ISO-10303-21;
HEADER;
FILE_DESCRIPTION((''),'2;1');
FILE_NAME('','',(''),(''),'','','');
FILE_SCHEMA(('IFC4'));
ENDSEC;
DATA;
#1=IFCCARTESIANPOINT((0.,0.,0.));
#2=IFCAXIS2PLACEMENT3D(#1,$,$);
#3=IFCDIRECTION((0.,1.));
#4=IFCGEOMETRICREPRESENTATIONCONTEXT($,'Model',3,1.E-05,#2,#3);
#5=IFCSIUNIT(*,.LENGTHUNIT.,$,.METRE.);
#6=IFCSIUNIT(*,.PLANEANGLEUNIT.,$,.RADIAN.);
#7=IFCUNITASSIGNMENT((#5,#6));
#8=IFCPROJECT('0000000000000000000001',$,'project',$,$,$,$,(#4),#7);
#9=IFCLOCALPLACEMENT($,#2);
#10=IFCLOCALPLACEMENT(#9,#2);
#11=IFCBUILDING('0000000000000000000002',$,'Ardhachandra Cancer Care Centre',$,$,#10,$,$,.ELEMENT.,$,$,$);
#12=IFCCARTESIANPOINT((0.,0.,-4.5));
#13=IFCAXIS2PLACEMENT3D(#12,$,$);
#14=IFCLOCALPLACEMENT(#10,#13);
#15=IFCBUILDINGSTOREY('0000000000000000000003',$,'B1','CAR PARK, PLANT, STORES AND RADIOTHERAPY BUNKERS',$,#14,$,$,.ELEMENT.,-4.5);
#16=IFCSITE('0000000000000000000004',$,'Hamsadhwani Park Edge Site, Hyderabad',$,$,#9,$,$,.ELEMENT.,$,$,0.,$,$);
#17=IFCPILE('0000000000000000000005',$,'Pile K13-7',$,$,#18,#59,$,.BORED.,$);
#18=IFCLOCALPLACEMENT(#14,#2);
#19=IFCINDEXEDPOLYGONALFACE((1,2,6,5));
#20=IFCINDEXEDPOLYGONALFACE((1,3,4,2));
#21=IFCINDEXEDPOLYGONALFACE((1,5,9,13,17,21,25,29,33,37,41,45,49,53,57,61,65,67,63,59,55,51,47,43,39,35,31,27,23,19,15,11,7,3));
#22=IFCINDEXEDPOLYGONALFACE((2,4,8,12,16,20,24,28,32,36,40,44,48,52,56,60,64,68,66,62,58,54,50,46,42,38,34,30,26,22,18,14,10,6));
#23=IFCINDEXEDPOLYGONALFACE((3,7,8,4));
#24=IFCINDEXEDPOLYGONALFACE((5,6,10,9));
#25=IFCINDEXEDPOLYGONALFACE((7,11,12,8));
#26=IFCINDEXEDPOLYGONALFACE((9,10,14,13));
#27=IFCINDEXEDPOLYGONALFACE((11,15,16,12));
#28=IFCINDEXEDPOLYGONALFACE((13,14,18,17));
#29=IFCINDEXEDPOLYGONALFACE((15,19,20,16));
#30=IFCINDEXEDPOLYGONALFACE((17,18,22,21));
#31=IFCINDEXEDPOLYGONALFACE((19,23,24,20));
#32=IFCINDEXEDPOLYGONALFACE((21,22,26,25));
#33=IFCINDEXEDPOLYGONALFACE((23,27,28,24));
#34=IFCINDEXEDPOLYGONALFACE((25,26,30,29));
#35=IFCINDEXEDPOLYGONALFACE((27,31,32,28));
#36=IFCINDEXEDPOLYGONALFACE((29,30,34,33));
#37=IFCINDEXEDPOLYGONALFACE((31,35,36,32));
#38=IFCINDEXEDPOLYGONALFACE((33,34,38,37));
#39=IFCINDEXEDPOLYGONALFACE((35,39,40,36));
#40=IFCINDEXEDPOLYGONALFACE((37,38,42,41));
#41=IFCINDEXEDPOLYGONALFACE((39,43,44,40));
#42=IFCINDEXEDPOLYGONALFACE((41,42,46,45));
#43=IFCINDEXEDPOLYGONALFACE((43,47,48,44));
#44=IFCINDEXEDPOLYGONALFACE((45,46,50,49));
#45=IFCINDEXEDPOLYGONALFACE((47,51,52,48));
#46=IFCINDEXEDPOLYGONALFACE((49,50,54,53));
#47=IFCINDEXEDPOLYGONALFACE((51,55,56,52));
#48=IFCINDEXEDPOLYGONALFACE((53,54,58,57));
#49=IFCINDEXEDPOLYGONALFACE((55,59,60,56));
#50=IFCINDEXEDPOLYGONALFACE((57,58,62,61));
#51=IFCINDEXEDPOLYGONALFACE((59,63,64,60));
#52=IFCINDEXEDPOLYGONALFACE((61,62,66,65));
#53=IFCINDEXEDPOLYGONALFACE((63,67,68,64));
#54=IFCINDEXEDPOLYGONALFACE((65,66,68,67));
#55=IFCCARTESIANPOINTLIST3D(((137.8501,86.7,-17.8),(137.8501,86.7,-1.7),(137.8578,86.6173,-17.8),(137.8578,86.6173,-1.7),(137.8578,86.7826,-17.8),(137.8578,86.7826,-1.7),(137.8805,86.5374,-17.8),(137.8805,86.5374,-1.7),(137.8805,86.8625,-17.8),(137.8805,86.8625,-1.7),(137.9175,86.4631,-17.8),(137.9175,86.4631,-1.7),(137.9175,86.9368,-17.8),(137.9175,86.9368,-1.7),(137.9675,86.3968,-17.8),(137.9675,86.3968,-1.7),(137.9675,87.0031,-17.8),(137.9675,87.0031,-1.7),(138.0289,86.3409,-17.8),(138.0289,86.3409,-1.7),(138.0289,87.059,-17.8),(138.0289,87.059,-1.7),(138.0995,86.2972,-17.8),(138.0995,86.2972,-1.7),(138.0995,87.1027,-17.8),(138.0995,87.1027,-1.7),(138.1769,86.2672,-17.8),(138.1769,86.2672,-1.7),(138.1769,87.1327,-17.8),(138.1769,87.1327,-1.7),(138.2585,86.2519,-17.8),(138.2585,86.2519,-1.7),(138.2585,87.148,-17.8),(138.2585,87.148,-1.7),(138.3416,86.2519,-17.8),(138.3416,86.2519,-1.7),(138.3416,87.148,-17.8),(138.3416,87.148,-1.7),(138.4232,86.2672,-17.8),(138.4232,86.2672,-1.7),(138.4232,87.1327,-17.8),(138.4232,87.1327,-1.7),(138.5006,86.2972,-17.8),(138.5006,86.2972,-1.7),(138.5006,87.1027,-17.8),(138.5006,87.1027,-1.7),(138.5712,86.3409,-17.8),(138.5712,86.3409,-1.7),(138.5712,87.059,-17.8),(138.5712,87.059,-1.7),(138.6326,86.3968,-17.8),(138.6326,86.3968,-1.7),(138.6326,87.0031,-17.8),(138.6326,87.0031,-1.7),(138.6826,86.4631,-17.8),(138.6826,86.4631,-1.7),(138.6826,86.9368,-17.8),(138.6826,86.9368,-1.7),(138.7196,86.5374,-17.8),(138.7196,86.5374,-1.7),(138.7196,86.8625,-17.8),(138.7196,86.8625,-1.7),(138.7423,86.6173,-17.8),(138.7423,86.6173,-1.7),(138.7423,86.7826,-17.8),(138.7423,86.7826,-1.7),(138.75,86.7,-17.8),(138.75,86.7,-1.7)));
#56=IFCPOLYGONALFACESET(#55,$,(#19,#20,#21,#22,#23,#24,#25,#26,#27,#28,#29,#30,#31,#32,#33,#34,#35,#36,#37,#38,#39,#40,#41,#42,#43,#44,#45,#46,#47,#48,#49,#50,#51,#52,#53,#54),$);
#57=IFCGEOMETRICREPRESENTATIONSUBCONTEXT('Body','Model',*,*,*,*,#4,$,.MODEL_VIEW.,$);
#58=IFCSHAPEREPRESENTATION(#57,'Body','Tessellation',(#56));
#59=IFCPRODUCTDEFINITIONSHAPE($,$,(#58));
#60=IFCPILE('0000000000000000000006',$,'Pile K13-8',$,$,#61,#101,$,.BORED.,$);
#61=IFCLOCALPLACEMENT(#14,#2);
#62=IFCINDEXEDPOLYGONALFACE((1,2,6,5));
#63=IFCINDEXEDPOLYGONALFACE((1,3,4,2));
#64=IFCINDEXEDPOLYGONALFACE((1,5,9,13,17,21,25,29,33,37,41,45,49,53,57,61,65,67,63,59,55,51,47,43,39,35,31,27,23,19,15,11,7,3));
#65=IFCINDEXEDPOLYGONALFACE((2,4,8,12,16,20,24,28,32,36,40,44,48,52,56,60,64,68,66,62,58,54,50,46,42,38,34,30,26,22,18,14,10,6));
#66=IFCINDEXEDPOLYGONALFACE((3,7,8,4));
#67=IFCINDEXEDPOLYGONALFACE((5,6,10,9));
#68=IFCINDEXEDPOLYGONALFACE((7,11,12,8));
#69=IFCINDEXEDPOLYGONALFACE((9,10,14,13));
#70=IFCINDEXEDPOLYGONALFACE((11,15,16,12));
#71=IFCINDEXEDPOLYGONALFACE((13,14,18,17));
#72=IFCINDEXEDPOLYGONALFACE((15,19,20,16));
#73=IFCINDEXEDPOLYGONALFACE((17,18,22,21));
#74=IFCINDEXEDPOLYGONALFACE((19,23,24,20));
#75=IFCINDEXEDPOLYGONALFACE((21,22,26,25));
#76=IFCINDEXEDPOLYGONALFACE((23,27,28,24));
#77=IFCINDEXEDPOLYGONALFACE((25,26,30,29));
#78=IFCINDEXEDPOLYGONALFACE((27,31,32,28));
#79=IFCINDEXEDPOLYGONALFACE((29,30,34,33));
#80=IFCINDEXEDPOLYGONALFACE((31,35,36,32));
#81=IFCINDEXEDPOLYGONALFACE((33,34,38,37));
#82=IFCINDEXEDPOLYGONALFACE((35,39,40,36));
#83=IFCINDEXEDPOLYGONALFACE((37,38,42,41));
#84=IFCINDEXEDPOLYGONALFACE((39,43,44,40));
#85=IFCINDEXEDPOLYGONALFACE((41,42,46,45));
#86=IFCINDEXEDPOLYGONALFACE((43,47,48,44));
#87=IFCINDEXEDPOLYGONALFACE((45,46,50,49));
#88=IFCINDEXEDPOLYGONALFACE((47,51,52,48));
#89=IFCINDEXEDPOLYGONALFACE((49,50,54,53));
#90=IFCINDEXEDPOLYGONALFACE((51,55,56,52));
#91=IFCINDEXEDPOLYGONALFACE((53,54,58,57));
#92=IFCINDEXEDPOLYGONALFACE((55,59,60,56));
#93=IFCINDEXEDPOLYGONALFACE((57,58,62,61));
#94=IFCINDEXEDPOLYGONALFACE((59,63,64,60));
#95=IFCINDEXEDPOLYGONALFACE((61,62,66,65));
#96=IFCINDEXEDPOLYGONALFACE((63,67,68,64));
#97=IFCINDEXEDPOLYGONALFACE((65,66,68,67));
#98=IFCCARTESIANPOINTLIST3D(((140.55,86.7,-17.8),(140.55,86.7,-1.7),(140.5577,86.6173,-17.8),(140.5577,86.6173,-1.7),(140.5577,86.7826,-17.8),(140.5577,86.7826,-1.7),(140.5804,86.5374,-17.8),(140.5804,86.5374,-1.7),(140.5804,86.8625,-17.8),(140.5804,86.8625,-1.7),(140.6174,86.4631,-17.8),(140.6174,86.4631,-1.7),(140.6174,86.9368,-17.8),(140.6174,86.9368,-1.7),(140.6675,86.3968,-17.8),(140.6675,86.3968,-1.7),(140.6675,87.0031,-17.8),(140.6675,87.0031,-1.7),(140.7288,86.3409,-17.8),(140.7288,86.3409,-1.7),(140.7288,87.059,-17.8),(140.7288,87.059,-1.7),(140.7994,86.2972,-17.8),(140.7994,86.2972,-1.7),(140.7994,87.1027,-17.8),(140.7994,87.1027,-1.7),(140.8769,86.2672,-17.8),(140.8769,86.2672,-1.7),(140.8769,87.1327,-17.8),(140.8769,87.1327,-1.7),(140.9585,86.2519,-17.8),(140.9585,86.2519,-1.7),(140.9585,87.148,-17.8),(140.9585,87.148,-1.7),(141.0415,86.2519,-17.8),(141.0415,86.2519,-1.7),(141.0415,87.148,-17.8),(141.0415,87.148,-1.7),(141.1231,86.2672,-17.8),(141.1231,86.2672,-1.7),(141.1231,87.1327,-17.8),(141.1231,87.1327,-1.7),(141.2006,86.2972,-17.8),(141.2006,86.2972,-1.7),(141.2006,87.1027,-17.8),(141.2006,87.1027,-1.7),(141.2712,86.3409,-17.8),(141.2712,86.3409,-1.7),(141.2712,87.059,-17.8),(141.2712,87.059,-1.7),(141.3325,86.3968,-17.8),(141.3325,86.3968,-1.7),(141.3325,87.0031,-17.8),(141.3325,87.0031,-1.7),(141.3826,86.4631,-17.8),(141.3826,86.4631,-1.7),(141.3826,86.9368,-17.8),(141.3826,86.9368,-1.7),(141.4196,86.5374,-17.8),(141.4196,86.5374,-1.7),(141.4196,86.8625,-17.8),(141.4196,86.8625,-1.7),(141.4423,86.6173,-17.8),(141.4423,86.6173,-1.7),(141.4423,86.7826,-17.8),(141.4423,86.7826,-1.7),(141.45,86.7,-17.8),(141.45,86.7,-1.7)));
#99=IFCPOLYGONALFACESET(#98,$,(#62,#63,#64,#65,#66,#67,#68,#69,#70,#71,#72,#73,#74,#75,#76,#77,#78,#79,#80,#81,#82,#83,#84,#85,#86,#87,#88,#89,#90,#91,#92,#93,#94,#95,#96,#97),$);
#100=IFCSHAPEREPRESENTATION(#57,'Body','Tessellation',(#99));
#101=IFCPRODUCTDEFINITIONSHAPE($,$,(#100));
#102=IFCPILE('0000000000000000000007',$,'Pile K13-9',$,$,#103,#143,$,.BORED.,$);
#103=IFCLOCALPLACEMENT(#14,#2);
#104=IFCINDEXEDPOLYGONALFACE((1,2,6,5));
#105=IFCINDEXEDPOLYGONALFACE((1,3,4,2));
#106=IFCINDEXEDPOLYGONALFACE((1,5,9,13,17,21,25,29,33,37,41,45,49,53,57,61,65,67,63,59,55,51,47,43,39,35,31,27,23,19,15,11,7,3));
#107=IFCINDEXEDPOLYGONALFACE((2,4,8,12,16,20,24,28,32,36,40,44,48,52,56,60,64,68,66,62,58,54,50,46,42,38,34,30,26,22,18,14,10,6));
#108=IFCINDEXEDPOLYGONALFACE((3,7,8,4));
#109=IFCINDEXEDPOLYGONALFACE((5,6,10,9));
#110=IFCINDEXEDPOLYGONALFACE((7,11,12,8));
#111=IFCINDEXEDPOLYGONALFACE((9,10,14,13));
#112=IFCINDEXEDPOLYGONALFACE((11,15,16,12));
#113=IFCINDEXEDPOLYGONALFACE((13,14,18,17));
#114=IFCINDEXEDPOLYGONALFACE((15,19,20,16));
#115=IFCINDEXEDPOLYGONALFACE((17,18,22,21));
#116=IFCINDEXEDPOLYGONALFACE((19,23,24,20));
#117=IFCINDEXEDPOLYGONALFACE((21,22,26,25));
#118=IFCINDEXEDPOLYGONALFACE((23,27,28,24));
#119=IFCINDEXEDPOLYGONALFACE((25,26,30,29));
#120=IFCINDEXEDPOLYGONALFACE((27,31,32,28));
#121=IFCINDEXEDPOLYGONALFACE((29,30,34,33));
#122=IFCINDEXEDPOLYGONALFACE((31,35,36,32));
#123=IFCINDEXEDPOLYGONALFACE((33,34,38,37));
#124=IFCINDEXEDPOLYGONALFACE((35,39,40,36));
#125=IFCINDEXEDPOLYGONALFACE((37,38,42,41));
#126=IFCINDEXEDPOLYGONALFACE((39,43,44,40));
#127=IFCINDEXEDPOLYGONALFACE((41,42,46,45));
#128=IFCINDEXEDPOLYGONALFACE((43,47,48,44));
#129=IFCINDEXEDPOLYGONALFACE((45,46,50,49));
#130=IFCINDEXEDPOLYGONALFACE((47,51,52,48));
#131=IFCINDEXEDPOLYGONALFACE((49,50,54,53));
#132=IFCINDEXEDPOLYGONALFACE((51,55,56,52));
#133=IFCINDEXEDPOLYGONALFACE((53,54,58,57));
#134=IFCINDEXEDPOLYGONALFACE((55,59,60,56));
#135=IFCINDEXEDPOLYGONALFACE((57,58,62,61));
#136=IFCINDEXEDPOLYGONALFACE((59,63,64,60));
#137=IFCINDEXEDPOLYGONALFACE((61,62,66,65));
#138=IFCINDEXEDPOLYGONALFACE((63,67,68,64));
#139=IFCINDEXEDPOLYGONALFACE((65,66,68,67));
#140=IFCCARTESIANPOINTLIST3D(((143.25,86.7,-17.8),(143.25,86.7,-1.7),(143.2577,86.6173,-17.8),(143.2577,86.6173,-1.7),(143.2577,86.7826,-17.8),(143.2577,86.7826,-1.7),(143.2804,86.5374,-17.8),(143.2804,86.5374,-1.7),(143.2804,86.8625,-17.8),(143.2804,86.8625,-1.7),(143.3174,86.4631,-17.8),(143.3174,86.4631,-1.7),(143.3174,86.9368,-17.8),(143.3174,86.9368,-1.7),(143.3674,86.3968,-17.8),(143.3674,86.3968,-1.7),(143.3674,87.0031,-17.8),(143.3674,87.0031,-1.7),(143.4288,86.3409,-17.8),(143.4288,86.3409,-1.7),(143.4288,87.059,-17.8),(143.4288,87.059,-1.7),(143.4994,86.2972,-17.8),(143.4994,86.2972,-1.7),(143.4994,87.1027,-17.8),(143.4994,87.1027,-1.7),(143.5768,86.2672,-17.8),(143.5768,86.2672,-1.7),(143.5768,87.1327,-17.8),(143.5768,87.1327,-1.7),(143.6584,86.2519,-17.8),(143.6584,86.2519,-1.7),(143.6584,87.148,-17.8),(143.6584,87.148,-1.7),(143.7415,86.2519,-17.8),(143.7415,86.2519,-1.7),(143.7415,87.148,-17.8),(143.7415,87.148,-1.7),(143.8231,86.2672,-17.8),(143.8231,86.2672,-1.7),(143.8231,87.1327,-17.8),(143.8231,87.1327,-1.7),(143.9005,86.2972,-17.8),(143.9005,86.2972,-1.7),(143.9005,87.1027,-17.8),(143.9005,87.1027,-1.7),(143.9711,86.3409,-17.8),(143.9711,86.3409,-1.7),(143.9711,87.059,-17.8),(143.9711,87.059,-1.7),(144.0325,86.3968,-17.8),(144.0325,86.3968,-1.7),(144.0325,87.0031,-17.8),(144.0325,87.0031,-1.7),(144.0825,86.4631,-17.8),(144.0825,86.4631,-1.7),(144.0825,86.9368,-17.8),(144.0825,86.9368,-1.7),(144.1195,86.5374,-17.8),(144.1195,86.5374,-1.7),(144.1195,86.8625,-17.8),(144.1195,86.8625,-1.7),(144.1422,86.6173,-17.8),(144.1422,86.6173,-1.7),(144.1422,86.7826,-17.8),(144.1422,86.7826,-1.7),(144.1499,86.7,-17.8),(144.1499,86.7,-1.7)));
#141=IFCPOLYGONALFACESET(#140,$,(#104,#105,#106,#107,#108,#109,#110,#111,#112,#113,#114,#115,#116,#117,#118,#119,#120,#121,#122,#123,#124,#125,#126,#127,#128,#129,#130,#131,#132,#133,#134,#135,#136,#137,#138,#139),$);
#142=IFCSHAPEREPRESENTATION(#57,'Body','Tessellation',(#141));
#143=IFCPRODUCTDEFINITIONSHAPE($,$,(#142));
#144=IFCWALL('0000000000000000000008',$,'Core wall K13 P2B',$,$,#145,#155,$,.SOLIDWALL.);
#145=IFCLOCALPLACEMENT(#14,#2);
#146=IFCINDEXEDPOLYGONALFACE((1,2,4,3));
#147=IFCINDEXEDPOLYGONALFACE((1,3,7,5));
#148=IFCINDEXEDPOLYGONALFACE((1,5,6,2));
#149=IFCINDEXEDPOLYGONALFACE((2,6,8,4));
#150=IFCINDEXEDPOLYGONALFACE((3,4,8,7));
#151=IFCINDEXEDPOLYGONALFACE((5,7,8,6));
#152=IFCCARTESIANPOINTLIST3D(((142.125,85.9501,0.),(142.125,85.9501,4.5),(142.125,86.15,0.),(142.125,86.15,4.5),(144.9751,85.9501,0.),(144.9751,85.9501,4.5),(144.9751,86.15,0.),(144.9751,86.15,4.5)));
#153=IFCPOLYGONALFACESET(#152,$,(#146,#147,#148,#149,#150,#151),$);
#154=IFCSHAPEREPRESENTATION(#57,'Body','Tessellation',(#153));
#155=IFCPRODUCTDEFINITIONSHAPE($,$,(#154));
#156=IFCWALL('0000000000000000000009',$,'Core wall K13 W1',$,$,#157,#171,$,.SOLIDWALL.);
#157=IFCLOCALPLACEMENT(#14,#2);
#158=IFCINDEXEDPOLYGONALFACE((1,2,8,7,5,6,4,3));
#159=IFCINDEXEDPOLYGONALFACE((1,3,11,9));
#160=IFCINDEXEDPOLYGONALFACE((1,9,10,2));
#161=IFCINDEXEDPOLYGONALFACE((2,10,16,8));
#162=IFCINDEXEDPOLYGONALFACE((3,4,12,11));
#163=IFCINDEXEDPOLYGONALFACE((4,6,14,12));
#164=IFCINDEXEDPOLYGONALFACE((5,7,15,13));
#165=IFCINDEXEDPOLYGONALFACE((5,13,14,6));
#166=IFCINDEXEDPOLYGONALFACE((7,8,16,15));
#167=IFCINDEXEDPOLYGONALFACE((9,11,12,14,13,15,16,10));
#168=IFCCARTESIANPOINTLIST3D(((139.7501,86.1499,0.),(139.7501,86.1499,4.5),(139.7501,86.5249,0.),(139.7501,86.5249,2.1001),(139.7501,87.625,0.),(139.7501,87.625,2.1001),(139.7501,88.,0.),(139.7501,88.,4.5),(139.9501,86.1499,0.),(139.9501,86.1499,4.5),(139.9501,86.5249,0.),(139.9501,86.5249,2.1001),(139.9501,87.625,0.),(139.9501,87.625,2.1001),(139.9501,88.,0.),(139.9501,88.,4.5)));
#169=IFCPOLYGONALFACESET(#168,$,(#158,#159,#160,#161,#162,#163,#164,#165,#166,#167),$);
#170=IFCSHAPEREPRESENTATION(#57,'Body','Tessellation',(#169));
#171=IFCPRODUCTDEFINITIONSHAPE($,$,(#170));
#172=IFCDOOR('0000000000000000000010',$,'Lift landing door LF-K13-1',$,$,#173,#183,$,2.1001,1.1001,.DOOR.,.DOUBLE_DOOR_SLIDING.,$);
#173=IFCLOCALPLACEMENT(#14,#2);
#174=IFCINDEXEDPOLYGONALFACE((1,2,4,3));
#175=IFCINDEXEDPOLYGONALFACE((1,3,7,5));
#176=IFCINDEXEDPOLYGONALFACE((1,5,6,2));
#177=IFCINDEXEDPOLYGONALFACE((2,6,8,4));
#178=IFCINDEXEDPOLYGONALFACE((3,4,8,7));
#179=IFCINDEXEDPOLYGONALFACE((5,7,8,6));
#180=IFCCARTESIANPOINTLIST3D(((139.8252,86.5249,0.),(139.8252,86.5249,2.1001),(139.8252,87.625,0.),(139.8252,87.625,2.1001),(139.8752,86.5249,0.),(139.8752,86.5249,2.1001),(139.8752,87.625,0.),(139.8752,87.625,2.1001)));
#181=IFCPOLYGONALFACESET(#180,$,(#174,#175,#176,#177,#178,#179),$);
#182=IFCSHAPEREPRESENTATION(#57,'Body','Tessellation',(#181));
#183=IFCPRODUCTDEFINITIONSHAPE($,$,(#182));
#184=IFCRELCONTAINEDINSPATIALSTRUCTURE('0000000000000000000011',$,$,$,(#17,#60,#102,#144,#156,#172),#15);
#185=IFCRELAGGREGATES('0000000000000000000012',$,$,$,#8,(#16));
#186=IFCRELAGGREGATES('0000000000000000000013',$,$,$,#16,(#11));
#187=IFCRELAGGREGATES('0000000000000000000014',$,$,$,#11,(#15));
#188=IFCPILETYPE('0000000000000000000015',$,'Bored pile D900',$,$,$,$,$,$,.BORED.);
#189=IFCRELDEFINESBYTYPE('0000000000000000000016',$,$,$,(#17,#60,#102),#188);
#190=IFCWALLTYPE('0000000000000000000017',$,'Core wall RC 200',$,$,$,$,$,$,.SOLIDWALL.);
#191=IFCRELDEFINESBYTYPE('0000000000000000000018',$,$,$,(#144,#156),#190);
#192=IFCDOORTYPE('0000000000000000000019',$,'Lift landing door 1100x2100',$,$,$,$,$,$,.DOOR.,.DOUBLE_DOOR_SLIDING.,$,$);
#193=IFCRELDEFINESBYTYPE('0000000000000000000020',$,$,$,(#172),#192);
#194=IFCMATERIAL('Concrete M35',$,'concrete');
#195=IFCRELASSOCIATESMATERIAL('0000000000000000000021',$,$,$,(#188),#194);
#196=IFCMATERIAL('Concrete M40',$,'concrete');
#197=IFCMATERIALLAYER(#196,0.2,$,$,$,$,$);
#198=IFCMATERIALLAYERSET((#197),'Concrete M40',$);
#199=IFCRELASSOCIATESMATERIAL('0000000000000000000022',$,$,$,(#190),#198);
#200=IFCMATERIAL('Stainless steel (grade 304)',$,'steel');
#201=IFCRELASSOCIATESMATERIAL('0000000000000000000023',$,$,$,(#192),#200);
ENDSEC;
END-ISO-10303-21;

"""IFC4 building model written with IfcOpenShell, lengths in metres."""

from ifc_helpers import new_model, si_unit, direction, frame, frame_2d, origin, origin_2d, place, context, subcontext, project, spatial, rectangle, circle, extrude, material, layer, layer_set, material_profile, profile_set, type_object, element, fill, save


model = new_model("IFC4")

# Units and contexts
model_context = context("Model", 3, precision=1e-05, world=origin(), true_north=direction((0.0, 1.0)))
body_context = subcontext(model_context, "Body", "Model", "MODEL_VIEW")
ifc_project = project(units=[si_unit("LENGTHUNIT", "METRE"), si_unit("PLANEANGLEUNIT", "RADIAN")], contexts=[model_context])

# Site, building, storey
site_placement = place(None, origin())
site = spatial("IfcSite", under=ifc_project, at=site_placement, Name="Hamsadhwani Park Edge Site, Hyderabad", CompositionType="ELEMENT", RefElevation=0.0)
building_placement = place(site_placement, origin())
building = spatial("IfcBuilding", under=site, at=building_placement, Name="Ardhachandra Cancer Care Centre", CompositionType="ELEMENT")
storey_placement = place(building_placement, frame((0.0, 0.0, -4.5)))
storey = spatial("IfcBuildingStorey", under=building, at=storey_placement, Name="B1", Description="CAR PARK, PLANT, STORES AND RADIOTHERAPY BUNKERS", CompositionType="ELEMENT", Elevation=-4.5)

# Piles
ifc_material_1 = material(Name="Concrete M35", Category="concrete")
ifc_material_profile = material_profile(ifc_material_1, circle(Radius=0.45, at=origin_2d()), Name="D900")
ifc_profile_set = profile_set([ifc_material_profile], Name="Concrete M35")
pile_type = type_object("IfcPileType", Name="Bored pile D900", PredefinedType="BORED", material=ifc_profile_set)
for number, where, z_axis, x_axis, name in (
    (1, (138.3, 86.7, -1.7), (0.0, 0.0, -1.0), (1.0, 0.0, 0.0), "Pile K13-7"),
    (2, (141.0, 86.7, -1.7), (0.0, 0.0, -1.0), (1.0, 0.0, 0.0), "Pile K13-8"),
    (3, (143.7, 86.7, -1.7), (0.0, 0.0, -1.0), (1.0, 0.0, 0.0), "Pile K13-9"),
):
    element("IfcPile", number, at=place(storey_placement, frame(where, z_axis=z_axis, x_axis=x_axis)), inside=storey, type_object=pile_type, Name=name, PredefinedType="BORED", context=body_context, shape_type="SweptSolid", body=[
        extrude(circle(Radius=0.45, at=origin_2d()), origin(), (0.0, 0.0, 1.0), 16.1001),
    ])

# Wall
ifc_material_2 = material(Name="Concrete M40", Category="concrete")
ifc_layer = layer(ifc_material_2, 0.2)
ifc_layer_set = layer_set([ifc_layer], Name="Concrete M40")
wall_type = type_object("IfcWallType", Name="Core wall RC 200", PredefinedType="SOLIDWALL", material=ifc_layer_set)
wall_1_placement = place(storey_placement, frame((142.125, 86.05, 0.0), z_axis=(0.0, 0.0, 1.0), x_axis=(1.0, 0.0, 0.0)))
element("IfcWall", 4, at=wall_1_placement, inside=storey, type_object=wall_type, Name="Core wall K13 P2B", PredefinedType="SOLIDWALL", context=body_context, shape_type="SweptSolid", body=[
    extrude(rectangle(XDim=2.8501, YDim=0.2, at=frame_2d((1.425, 0.0))), origin(), (0.0, 0.0, 1.0), 4.5),
])

# Wall, opening, door
wall_2_placement = place(storey_placement, frame((139.8501, 86.1499, 0.0), z_axis=(0.0, 0.0, 1.0), x_axis=(0.0, 1.0, 0.0)))
wall_2 = element("IfcWall", 5, at=wall_2_placement, inside=storey, type_object=wall_type, Name="Core wall K13 W1", PredefinedType="SOLIDWALL", context=body_context, shape_type="SweptSolid", body=[
    extrude(rectangle(XDim=1.8501, YDim=0.2, at=frame_2d((0.925, 0.0))), origin(), (0.0, 0.0, 1.0), 4.5),
])
opening_1_placement = place(wall_2_placement, frame((0.375, 0.0, 0.0)))
opening_1 = element("IfcOpeningElement", 6, at=opening_1_placement, cuts=wall_2, PredefinedType="OPENING", context=body_context, shape_type="SweptSolid", body=[
    extrude(rectangle(XDim=1.1001, YDim=2.1001, at=frame_2d((0.55, 1.05))), frame((0.0, 0.1099, 0.0), z_axis=(0.0, -1.0, 0.0), x_axis=(1.0, 0.0, 0.0)), (0.0, 0.0, 1.0), 0.22),
])
ifc_material_3 = material(Name="Stainless steel (grade 304)", Category="steel")
door_type = type_object("IfcDoorType", Name="Lift landing door 1100x2100", OperationType="DOUBLE_DOOR_SLIDING", PredefinedType="DOOR", material=ifc_material_3)
door_1_placement = place(opening_1_placement, origin())
door_1 = element("IfcDoor", 7, at=door_1_placement, inside=storey, type_object=door_type, Name="Lift landing door LF-K13-1", OperationType="DOUBLE_DOOR_SLIDING", OverallHeight=2.1001, OverallWidth=1.1001, PredefinedType="DOOR", context=body_context, shape_type="SweptSolid", body=[
    extrude(rectangle(XDim=1.1001, YDim=2.1001, at=frame_2d((0.55, 1.05))), frame((0.0, 0.0249, 0.0), z_axis=(0.0, -1.0, 0.0), x_axis=(1.0, 0.0, 0.0)), (0.0, 0.0, 1.0), 0.05),
])
fill(opening_1, door_1)

save(model, "model.ifc")
